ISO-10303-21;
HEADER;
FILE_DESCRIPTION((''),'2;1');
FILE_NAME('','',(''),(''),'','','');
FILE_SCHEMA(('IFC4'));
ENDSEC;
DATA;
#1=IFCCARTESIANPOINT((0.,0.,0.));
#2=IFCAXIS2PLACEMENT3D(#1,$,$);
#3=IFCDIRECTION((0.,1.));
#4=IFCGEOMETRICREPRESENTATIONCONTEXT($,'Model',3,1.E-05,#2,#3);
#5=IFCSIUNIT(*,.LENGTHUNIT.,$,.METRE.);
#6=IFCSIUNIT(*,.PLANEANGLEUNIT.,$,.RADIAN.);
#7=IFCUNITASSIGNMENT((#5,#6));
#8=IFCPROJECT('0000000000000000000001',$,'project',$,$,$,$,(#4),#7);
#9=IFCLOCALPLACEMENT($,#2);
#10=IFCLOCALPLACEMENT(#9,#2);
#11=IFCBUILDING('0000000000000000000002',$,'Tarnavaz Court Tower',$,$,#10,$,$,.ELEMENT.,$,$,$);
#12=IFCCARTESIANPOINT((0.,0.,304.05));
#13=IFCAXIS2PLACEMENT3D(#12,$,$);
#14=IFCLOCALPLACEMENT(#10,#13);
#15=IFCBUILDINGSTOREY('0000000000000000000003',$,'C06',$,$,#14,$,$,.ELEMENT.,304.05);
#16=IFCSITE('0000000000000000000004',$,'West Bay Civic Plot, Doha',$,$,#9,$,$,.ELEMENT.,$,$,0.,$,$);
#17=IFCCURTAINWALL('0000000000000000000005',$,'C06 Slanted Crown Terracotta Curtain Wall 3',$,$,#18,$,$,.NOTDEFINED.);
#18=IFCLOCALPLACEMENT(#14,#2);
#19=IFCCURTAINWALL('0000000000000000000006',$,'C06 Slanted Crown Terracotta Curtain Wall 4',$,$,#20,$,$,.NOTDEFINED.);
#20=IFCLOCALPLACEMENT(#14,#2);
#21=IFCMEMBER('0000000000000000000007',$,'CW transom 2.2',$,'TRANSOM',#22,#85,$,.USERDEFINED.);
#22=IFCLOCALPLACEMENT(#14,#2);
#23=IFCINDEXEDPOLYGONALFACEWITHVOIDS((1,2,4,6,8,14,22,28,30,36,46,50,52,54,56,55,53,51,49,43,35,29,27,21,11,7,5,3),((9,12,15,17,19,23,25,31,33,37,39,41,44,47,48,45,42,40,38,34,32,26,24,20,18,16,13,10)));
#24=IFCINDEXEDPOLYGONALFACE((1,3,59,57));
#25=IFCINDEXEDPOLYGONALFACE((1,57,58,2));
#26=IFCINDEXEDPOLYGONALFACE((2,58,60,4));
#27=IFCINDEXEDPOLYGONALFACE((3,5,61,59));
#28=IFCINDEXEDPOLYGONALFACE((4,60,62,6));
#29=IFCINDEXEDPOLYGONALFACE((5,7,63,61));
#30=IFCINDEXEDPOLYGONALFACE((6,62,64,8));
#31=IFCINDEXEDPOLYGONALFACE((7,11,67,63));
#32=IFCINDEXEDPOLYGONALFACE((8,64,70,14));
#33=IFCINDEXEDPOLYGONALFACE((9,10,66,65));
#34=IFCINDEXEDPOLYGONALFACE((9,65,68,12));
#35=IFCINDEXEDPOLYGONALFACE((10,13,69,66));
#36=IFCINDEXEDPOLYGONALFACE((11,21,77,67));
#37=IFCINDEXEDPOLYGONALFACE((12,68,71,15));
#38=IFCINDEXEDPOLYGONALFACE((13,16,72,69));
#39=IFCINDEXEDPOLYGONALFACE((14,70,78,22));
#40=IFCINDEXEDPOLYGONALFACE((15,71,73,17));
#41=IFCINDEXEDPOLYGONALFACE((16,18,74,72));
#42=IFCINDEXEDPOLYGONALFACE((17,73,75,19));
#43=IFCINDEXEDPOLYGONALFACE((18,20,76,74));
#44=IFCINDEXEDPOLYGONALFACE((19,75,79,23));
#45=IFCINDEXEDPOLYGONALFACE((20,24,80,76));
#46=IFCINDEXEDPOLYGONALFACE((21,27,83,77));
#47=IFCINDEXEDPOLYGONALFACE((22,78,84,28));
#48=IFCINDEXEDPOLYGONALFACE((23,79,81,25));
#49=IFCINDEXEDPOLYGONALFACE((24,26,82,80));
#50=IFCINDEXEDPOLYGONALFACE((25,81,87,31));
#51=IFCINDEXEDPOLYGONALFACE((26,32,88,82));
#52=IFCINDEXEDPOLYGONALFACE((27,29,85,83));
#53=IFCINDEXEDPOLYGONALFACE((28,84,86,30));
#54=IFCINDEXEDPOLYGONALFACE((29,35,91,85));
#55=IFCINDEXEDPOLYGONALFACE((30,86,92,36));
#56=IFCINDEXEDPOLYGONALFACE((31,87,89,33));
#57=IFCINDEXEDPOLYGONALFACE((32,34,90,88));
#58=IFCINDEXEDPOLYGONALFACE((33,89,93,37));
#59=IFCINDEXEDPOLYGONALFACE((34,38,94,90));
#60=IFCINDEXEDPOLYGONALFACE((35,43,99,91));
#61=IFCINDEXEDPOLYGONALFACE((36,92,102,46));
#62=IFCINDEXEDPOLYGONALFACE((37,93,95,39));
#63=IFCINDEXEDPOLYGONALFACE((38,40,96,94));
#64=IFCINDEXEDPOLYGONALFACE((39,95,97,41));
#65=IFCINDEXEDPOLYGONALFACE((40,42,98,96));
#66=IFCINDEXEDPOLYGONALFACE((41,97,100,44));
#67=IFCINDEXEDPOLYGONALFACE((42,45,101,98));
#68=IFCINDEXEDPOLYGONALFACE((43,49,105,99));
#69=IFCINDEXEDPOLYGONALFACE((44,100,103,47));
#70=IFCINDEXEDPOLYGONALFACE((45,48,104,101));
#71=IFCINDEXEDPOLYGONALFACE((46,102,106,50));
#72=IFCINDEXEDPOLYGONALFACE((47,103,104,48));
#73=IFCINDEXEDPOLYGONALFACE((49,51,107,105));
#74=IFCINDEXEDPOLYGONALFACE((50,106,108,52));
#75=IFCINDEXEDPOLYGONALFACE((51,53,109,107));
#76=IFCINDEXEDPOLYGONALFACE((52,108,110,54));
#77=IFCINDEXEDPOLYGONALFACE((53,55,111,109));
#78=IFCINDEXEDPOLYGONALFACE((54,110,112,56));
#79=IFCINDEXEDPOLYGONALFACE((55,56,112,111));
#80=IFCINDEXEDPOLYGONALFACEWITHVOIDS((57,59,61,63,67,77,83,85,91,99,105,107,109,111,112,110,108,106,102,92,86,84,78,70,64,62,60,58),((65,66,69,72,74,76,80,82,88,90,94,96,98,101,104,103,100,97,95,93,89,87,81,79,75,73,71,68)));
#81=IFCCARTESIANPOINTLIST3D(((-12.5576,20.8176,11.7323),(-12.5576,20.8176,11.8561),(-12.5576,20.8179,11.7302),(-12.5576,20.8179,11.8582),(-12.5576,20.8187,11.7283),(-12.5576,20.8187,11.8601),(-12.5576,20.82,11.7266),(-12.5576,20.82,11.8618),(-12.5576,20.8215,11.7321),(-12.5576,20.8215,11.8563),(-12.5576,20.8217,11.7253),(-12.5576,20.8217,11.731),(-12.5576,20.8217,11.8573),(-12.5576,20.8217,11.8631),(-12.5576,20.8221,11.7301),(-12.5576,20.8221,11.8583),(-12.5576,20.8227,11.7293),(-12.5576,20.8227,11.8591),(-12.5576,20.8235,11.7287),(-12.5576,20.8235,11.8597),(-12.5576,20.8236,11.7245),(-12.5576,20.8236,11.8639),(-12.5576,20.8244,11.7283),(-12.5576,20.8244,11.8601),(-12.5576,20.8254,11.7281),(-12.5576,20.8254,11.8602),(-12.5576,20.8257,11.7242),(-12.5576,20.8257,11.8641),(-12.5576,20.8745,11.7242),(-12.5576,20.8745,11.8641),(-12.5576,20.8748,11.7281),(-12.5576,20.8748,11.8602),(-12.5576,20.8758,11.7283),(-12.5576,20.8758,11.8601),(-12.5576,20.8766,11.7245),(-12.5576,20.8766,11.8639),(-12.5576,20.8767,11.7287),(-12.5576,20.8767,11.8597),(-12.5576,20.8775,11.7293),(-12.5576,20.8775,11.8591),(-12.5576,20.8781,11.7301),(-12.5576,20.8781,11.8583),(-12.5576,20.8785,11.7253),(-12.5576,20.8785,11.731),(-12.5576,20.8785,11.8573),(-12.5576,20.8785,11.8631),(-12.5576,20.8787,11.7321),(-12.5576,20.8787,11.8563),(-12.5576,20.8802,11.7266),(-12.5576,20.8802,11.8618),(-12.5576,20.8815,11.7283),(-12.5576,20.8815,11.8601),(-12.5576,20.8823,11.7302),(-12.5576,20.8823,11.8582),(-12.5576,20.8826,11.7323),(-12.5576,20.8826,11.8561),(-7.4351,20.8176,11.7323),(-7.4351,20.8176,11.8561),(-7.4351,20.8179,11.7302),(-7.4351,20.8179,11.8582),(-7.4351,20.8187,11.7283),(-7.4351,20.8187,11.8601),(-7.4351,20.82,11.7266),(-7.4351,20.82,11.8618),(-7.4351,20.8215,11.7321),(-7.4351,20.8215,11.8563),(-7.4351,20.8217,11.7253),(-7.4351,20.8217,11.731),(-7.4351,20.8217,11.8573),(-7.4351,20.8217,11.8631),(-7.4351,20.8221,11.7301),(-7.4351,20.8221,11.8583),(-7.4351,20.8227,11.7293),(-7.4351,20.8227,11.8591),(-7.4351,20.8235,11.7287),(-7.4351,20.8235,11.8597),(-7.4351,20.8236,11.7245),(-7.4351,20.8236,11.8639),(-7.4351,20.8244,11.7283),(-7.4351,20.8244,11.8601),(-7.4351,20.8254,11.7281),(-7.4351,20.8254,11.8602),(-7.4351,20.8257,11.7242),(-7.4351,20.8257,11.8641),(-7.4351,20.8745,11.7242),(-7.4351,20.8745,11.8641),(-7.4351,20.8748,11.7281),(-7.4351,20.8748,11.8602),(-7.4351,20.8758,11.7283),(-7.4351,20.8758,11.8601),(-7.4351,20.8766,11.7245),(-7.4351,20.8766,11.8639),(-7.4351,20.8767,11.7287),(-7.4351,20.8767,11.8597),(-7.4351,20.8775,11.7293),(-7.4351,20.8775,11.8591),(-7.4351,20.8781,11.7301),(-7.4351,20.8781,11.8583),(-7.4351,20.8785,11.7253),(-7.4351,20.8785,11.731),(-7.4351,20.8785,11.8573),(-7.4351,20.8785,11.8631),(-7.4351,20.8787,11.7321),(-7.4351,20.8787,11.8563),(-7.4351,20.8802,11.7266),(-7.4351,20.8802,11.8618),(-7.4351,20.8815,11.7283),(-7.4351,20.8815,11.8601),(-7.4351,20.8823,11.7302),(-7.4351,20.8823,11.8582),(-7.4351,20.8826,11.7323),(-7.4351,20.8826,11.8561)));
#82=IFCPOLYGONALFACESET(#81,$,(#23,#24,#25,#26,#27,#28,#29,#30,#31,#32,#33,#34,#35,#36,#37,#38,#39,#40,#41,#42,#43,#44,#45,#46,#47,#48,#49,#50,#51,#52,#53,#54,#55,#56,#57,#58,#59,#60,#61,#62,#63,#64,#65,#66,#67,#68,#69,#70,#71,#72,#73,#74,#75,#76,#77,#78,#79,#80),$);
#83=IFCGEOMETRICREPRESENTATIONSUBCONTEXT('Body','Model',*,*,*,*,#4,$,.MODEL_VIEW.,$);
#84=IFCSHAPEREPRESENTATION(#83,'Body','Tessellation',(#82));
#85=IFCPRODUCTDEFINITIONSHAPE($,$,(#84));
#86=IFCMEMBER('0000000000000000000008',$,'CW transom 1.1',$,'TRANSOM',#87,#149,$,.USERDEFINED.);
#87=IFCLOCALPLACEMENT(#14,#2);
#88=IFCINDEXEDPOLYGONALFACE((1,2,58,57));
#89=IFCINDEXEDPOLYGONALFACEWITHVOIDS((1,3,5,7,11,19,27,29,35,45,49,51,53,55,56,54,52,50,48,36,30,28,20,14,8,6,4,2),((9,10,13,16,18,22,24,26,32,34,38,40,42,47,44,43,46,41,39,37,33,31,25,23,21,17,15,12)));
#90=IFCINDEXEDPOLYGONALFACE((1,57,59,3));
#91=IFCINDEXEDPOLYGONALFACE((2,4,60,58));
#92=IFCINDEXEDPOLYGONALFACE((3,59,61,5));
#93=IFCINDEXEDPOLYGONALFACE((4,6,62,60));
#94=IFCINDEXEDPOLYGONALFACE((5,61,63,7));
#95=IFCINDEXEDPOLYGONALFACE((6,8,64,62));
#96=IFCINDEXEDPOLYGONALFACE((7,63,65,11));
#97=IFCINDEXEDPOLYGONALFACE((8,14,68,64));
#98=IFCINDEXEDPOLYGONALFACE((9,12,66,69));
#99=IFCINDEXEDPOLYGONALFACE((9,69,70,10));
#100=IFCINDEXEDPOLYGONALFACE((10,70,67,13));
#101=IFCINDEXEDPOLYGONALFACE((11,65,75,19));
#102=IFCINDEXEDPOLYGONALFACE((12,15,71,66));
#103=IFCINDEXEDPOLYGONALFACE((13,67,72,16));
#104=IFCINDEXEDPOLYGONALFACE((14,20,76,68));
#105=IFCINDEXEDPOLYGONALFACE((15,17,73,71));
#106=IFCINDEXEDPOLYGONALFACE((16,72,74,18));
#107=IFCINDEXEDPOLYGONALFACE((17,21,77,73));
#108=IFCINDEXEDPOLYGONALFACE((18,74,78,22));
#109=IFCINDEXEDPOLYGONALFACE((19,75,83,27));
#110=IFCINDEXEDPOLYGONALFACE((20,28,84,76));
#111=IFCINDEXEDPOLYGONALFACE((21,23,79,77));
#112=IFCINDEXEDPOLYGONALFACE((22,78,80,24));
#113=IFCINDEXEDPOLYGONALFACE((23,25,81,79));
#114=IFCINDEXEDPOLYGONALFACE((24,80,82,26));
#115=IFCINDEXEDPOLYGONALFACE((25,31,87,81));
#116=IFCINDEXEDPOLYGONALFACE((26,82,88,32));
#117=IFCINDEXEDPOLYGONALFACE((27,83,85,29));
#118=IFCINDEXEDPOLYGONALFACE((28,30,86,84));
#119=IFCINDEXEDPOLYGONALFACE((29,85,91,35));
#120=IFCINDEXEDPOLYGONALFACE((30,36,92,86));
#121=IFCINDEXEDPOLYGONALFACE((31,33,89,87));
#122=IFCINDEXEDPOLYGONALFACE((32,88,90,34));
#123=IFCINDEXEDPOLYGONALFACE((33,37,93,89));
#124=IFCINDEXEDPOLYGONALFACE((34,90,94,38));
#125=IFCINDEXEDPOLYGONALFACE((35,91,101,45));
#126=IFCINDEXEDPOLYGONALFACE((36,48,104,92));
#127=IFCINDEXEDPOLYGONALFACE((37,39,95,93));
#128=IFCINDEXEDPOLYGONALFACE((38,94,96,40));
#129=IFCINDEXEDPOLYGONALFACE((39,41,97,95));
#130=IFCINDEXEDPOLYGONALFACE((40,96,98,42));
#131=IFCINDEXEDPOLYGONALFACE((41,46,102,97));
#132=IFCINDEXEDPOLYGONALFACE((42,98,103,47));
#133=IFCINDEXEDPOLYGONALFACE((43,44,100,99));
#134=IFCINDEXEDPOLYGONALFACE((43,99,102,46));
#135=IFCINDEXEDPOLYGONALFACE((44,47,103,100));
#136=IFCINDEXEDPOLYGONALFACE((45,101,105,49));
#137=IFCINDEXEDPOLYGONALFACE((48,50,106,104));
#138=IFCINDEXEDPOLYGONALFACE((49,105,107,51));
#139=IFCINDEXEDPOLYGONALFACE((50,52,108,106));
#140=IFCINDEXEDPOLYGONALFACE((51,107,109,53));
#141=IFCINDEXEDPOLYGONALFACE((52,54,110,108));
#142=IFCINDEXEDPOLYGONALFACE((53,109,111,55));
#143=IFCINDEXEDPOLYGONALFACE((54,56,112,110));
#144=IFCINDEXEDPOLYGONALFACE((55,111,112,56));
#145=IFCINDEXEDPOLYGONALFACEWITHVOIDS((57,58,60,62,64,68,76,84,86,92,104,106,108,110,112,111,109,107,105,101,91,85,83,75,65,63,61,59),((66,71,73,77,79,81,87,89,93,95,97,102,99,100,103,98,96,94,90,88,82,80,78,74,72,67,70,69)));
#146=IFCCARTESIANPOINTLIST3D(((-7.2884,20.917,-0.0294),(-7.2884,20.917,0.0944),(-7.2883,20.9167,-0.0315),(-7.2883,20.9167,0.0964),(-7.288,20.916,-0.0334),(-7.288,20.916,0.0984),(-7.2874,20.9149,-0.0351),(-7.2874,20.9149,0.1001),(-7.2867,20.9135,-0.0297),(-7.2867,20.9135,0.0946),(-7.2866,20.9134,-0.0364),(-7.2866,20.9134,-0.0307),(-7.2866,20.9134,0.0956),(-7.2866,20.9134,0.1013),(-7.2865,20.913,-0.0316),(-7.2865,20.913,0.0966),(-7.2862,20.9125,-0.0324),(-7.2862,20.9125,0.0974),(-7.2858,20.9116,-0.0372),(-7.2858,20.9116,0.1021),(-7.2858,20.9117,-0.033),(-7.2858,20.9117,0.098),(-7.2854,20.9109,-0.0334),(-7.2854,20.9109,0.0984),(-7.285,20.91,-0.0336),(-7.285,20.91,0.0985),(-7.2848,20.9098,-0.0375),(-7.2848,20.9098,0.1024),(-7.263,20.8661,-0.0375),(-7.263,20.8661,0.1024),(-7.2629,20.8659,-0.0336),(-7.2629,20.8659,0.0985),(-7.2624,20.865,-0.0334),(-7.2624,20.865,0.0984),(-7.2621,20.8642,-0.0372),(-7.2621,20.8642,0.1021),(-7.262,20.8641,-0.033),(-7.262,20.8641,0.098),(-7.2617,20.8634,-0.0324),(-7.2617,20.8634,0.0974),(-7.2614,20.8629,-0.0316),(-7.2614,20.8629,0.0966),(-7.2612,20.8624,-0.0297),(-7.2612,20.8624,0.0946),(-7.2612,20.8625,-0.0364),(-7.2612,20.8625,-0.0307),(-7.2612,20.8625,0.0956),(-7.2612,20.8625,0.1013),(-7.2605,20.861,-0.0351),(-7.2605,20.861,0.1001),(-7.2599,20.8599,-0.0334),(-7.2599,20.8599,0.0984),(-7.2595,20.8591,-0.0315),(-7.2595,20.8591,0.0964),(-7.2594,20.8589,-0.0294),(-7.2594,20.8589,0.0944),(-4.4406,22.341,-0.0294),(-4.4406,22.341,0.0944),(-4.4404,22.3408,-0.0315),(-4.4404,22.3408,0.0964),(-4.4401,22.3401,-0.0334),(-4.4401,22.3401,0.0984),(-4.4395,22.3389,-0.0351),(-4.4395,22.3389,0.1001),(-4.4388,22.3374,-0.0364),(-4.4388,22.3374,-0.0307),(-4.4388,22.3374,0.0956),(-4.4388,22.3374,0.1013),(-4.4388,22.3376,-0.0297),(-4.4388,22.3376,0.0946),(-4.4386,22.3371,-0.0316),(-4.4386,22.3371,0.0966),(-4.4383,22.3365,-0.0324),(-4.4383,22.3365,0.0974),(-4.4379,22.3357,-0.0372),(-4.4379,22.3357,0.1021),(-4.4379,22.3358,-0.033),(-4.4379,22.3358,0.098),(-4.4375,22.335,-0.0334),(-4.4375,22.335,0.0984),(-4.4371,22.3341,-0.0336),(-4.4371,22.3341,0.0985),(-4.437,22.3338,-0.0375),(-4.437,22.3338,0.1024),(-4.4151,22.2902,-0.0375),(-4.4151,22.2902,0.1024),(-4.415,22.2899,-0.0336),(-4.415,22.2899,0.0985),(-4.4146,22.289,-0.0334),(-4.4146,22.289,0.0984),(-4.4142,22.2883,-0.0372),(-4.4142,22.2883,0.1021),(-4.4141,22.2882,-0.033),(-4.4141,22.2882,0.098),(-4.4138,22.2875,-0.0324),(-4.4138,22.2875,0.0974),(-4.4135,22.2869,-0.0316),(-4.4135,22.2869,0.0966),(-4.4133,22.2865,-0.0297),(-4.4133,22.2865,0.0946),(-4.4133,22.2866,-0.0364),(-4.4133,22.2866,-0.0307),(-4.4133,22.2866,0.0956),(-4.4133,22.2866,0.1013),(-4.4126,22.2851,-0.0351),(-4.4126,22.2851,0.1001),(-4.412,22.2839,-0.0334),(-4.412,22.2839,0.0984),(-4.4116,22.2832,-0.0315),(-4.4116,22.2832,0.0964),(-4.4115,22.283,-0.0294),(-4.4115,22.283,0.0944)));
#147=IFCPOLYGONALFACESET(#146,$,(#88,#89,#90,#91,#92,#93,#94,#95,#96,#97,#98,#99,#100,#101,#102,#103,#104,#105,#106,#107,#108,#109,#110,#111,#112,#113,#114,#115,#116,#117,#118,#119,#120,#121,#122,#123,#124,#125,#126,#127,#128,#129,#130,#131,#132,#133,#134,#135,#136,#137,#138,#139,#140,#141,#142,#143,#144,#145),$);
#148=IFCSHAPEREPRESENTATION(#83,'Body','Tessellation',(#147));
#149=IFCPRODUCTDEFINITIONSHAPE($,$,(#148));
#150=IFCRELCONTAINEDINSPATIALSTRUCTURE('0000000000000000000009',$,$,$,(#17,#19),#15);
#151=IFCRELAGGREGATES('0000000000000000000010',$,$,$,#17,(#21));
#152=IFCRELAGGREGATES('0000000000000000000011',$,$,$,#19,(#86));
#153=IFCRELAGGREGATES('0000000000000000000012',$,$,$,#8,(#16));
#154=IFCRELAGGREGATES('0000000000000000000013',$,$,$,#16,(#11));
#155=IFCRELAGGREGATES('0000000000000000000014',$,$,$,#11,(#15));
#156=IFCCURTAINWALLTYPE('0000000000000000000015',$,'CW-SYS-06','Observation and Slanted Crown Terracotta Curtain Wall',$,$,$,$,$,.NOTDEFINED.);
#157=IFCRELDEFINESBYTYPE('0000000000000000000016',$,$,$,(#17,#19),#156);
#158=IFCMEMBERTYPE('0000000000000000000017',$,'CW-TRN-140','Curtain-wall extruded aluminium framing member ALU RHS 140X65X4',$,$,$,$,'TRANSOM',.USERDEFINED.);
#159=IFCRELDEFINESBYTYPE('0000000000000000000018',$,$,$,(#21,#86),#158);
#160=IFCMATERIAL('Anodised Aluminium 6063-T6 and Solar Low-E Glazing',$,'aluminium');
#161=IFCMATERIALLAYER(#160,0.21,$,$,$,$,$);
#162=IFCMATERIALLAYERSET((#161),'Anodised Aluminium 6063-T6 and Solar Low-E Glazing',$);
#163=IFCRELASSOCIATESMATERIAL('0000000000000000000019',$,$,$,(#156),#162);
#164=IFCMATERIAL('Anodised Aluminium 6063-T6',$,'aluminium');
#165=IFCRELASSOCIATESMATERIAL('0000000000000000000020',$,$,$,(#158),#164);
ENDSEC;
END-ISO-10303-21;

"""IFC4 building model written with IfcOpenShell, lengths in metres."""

from ifc_helpers import new_model, si_unit, direction, frame, origin, origin_2d, place, context, subcontext, project, spatial, hollow_rectangle, extrude, material, layer, layer_set, material_profile, profile_set, type_object, element, aggregate, save


model = new_model("IFC4")

# Units and contexts
model_context = context("Model", 3, precision=1e-05, world=origin(), true_north=direction((0.0, 1.0)))
body_context = subcontext(model_context, "Body", "Model", "MODEL_VIEW")
ifc_project = project(units=[si_unit("LENGTHUNIT", "METRE"), si_unit("PLANEANGLEUNIT", "RADIAN")], contexts=[model_context])

# Site, building, storey
site_placement = place(None, origin())
site = spatial("IfcSite", under=ifc_project, at=site_placement, Name="West Bay Civic Plot, Doha", CompositionType="ELEMENT", RefElevation=0.0)
building_placement = place(site_placement, origin())
building = spatial("IfcBuilding", under=site, at=building_placement, Name="Tarnavaz Court Tower", CompositionType="ELEMENT")
storey_placement = place(building_placement, frame((0.0, 0.0, 304.05)))
storey = spatial("IfcBuildingStorey", under=building, at=storey_placement, Name="C06", CompositionType="ELEMENT", Elevation=304.05)

# Curtain walls
ifc_material_1 = material(Name="Anodised Aluminium 6063-T6 and Solar Low-E Glazing", Category="aluminium")
ifc_layer_1 = layer(ifc_material_1, 0.21)
ifc_layer_set_1 = layer_set([ifc_layer_1], Name="Anodised Aluminium 6063-T6 and Solar Low-E Glazing")
curtain_wall_type = type_object("IfcCurtainWallType", Name="CW-SYS-06", Description="Observation and Slanted Crown Terracotta Curtain Wall", PredefinedType="NOTDEFINED", material=ifc_layer_set_1)
ifc_material_2 = material(Name="Anodised Aluminium 6063-T6", Category="aluminium")
curtain_wall_1_placement = place(storey_placement, origin())
curtain_wall_1 = element("IfcCurtainWall", 1, at=curtain_wall_1_placement, inside=storey, type_object=curtain_wall_type, Name="C06 Slanted Crown Terracotta Curtain Wall 3", PredefinedType="NOTDEFINED")
curtain_wall_2_placement = place(storey_placement, origin())
curtain_wall_2 = element("IfcCurtainWall", 2, at=curtain_wall_2_placement, inside=storey, type_object=curtain_wall_type, Name="C06 Slanted Crown Terracotta Curtain Wall 4", PredefinedType="NOTDEFINED")

# Members
ifc_material_profile_1 = material_profile(ifc_material_2, hollow_rectangle(XDim=0.0649, YDim=0.1399, WallThickness=0.0039, InnerFilletRadius=0.0039, OuterFilletRadius=0.0081, at=origin_2d()), Name="ALU RHS 140X65X4")
ifc_profile_set_1 = profile_set([ifc_material_profile_1], Name="Anodised Aluminium 6063-T6")
member_type_1 = type_object("IfcMemberType", Name="CW-TRN-140", Description="Curtain-wall extruded aluminium framing member ALU RHS 140X65X4", ElementType="TRANSOM", PredefinedType="USERDEFINED", material=ifc_profile_set_1)
member_1_placement = place(storey_placement, frame((-12.5576, 20.8501, 11.7942), z_axis=(1.0, 0.0, 0.0), x_axis=(0.0, 1.0, 0.0)))
member_1 = element("IfcMember", 3, at=member_1_placement, type_object=member_type_1, Name="CW transom 2.2", ObjectType="TRANSOM", PredefinedType="USERDEFINED", context=body_context, shape_type="SweptSolid", body=[
    extrude(hollow_rectangle(XDim=0.0649, YDim=0.1399, WallThickness=0.0039, InnerFilletRadius=0.0039, OuterFilletRadius=0.0081, at=origin_2d()), origin(), (0.0, 0.0, 1.0), 5.1226),
])
member_2_placement = place(storey_placement, frame((-7.2739, 20.8879, 0.0325), z_axis=(0.894412, 0.447244, 0.0), x_axis=(-0.447244, 0.894412, 0.0)))
member_2 = element("IfcMember", 4, at=member_2_placement, type_object=member_type_1, Name="CW transom 1.1", ObjectType="TRANSOM", PredefinedType="USERDEFINED", context=body_context, shape_type="SweptSolid", body=[
    extrude(hollow_rectangle(XDim=0.0649, YDim=0.1399, WallThickness=0.0039, InnerFilletRadius=0.0039, OuterFilletRadius=0.0081, at=origin_2d()), origin(), (0.0, 0.0, 1.0), 3.1841),
])

aggregate(curtain_wall_1, [member_1])
aggregate(curtain_wall_2, [member_2])

save(model, "model.ifc")
